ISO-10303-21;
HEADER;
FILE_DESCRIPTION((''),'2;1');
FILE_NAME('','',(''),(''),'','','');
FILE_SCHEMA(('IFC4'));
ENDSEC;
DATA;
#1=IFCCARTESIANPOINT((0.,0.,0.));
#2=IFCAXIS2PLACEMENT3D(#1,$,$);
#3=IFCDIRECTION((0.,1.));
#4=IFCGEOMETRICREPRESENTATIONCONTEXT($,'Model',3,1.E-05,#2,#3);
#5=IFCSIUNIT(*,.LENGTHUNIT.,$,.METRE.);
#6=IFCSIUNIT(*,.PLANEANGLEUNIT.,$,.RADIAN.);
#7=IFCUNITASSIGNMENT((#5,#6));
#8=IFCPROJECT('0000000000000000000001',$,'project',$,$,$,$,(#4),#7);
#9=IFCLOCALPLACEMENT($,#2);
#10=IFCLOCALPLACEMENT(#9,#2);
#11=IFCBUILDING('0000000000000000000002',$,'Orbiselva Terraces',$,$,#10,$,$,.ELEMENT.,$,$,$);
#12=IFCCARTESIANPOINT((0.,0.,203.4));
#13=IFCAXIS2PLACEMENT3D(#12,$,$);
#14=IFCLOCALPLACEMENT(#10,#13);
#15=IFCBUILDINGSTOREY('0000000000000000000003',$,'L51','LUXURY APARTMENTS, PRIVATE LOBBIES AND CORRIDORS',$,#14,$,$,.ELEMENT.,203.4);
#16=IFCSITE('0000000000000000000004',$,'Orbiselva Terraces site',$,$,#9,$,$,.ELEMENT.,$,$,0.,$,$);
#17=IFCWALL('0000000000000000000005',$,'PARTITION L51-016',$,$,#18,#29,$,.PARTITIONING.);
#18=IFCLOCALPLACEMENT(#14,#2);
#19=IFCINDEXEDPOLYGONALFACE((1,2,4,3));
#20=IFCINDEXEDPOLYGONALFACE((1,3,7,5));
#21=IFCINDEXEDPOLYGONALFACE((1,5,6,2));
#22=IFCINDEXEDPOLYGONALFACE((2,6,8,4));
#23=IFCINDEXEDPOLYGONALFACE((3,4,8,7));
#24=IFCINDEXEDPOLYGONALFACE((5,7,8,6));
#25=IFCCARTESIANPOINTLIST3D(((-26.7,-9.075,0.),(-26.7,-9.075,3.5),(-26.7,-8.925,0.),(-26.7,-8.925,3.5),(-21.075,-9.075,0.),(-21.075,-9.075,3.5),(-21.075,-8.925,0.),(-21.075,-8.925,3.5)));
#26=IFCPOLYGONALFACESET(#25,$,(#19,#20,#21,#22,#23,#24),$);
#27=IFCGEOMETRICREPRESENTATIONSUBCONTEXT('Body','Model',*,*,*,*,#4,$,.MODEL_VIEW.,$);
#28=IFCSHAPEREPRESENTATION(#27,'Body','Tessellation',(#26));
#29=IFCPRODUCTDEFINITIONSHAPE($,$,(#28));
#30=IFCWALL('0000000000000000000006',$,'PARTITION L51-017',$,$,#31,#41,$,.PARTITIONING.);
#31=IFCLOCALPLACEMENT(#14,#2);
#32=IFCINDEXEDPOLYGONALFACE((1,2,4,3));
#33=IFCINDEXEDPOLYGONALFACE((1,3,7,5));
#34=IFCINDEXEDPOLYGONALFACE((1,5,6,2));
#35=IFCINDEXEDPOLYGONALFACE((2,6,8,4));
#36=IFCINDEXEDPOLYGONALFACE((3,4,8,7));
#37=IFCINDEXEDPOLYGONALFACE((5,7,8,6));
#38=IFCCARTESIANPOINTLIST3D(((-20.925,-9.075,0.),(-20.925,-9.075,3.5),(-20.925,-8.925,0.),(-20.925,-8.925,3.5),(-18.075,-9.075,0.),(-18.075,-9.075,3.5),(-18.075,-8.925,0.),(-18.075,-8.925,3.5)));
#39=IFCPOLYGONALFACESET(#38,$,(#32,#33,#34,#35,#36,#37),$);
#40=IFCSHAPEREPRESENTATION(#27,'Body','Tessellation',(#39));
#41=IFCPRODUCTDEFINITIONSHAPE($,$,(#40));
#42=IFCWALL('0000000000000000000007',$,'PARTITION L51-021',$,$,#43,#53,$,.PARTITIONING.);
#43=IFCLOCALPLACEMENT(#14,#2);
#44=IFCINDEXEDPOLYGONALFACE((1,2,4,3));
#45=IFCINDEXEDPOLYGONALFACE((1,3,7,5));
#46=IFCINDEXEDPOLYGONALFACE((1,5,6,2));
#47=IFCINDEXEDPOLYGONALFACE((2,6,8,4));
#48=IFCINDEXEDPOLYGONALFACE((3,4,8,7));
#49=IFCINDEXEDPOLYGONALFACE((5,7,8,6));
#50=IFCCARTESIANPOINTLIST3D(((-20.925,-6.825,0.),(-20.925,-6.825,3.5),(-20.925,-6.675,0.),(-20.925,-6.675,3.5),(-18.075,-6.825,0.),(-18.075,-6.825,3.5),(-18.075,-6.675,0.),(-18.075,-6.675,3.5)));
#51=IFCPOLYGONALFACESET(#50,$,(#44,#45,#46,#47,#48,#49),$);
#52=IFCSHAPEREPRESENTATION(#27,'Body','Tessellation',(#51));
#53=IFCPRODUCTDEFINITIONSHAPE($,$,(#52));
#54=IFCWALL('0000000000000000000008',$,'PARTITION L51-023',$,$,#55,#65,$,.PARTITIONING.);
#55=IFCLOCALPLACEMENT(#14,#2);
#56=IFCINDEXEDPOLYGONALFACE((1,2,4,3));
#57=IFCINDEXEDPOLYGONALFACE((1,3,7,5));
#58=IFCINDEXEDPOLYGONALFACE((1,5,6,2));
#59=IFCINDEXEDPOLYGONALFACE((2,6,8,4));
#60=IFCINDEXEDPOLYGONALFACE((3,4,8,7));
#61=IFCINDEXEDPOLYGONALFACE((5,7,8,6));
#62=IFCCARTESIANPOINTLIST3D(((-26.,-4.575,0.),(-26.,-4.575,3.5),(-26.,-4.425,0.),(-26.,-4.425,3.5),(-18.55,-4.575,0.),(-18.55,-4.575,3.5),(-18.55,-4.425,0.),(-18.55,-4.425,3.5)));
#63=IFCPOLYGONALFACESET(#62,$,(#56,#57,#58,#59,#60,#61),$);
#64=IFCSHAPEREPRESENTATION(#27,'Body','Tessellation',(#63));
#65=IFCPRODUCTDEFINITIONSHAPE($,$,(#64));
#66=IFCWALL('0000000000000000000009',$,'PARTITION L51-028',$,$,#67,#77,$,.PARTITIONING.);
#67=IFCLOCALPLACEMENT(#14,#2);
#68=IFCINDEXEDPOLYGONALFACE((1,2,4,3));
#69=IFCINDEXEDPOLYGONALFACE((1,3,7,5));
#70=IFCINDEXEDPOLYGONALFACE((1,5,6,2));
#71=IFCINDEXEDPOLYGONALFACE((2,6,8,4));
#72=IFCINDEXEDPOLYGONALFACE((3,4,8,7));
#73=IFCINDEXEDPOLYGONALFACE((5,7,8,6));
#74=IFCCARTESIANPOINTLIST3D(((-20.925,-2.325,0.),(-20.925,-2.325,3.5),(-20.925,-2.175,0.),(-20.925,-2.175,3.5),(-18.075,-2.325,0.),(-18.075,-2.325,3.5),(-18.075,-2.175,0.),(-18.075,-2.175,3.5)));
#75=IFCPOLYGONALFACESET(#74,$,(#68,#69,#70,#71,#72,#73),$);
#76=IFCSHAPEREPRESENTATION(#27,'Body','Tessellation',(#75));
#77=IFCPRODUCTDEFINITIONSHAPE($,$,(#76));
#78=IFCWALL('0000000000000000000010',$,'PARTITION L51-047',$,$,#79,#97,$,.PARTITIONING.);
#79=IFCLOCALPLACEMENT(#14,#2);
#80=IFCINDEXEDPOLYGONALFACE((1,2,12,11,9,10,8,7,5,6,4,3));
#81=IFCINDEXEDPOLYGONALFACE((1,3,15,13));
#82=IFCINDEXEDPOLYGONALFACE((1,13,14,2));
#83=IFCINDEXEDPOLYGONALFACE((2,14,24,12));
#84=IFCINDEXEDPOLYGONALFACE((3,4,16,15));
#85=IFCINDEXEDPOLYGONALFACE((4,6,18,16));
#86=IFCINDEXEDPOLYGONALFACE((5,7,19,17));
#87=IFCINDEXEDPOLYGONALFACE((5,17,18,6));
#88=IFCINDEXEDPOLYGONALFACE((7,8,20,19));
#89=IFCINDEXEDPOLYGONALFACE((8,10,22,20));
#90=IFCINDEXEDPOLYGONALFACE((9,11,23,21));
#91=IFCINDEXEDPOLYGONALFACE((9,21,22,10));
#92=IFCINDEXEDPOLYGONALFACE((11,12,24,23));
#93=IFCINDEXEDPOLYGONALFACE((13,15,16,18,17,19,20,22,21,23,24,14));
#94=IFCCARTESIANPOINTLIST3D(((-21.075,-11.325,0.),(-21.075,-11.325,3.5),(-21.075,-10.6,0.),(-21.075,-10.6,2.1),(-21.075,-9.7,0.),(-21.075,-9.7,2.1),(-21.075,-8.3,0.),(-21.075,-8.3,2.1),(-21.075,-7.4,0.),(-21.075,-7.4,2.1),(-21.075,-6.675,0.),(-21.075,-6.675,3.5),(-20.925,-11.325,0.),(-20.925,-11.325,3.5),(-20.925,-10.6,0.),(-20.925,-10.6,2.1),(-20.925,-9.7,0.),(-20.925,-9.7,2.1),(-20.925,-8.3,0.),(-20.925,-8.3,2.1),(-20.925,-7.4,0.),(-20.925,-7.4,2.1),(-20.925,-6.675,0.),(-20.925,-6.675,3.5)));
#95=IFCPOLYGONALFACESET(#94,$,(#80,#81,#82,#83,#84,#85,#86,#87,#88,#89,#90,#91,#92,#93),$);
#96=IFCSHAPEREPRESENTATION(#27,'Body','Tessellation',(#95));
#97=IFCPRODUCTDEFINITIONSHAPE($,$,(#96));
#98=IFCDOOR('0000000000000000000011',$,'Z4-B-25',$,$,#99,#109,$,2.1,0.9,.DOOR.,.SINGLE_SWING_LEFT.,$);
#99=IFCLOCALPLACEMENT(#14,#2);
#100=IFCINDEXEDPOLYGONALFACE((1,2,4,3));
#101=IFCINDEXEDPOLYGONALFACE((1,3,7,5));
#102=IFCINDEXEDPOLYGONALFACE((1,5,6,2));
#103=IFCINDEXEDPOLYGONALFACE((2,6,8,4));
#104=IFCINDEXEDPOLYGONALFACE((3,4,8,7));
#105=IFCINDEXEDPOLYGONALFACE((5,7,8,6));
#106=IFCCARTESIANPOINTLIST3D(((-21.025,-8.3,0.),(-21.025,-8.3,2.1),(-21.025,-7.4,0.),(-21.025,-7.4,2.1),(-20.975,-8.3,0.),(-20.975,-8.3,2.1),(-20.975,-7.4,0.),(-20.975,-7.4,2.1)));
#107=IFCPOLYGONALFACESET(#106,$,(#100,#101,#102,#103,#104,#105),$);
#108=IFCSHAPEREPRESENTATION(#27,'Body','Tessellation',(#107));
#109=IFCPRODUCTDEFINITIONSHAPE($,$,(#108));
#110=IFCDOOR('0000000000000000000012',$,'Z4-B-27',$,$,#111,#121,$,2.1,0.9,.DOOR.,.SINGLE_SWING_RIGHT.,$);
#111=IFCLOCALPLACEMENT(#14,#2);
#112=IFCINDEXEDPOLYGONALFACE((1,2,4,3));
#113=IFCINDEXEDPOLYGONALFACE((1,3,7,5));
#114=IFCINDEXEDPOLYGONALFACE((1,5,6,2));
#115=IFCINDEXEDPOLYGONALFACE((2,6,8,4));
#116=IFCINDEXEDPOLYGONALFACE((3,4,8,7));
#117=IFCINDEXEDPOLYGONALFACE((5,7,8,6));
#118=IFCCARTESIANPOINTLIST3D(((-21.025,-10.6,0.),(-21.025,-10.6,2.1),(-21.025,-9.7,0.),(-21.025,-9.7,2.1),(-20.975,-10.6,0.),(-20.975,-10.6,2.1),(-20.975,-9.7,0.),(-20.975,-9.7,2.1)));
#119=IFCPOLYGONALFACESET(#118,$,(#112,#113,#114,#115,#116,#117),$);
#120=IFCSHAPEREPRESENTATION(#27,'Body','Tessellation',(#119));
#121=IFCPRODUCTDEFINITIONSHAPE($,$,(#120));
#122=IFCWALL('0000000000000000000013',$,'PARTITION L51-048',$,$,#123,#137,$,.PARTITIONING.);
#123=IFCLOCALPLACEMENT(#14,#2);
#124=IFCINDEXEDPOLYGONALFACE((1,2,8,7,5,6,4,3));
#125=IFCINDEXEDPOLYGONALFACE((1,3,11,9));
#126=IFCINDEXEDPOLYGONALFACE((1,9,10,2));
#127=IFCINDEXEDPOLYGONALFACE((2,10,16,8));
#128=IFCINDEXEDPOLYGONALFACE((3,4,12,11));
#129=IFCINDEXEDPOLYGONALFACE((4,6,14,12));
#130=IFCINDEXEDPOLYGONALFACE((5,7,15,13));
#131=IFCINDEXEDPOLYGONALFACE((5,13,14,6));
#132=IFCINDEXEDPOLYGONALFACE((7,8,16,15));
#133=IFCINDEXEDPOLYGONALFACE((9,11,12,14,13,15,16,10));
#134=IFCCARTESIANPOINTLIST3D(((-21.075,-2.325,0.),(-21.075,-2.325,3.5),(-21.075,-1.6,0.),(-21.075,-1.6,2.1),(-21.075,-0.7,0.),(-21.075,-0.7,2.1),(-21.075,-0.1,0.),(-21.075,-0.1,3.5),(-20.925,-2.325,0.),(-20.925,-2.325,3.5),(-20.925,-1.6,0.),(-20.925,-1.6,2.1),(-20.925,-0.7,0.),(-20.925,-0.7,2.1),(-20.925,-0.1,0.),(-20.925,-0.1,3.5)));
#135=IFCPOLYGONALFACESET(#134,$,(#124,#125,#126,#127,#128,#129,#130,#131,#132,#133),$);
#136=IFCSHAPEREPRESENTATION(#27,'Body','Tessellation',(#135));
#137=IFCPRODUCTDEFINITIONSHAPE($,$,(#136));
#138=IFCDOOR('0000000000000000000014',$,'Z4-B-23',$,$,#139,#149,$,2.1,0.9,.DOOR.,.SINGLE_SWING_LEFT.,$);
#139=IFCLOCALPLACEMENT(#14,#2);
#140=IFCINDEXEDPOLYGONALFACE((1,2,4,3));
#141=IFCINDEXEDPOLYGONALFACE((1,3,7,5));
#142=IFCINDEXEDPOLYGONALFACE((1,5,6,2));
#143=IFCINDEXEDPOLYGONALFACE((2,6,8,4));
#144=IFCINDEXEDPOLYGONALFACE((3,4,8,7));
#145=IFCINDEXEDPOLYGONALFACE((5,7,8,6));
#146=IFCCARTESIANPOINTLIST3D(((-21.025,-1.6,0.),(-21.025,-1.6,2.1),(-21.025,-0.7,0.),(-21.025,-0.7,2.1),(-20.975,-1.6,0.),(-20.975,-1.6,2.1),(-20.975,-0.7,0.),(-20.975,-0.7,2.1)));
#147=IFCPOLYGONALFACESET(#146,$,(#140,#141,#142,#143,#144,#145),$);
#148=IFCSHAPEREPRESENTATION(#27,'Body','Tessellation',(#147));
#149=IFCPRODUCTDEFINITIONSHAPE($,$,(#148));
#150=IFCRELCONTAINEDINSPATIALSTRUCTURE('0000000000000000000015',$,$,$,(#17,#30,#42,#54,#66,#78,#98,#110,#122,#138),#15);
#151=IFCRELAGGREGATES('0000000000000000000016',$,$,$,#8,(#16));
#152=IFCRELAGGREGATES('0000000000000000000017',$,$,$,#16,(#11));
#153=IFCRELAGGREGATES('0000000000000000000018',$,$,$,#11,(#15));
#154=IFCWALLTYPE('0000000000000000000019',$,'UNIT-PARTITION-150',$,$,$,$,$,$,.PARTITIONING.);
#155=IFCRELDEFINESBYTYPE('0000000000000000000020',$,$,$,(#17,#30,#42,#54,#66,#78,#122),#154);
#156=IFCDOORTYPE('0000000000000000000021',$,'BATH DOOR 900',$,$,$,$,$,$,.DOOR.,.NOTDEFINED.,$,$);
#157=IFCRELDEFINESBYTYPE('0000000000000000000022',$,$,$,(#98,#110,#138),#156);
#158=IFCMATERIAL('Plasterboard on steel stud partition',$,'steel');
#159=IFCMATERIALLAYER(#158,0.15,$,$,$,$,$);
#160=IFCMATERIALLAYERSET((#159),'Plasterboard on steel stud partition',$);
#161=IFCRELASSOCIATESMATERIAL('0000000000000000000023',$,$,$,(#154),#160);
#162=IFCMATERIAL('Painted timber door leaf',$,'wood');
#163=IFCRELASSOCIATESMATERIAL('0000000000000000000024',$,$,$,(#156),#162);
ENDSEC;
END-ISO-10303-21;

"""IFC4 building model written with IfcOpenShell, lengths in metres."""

from ifc_helpers import new_model, si_unit, direction, frame, frame_2d, origin, place, context, subcontext, project, spatial, rectangle, extrude, material, layer, layer_set, type_object, element, fill, save


model = new_model("IFC4")

# Units and contexts
model_context = context("Model", 3, precision=1e-05, world=origin(), true_north=direction((0.0, 1.0)))
body_context = subcontext(model_context, "Body", "Model", "MODEL_VIEW")
ifc_project = project(units=[si_unit("LENGTHUNIT", "METRE"), si_unit("PLANEANGLEUNIT", "RADIAN")], contexts=[model_context])

# Site, building, storey
site_placement = place(None, origin())
site = spatial("IfcSite", under=ifc_project, at=site_placement, Name="Orbiselva Terraces site", CompositionType="ELEMENT", RefElevation=0.0)
building_placement = place(site_placement, origin())
building = spatial("IfcBuilding", under=site, at=building_placement, Name="Orbiselva Terraces", CompositionType="ELEMENT")
storey_placement = place(building_placement, frame((0.0, 0.0, 203.4)))
storey = spatial("IfcBuildingStorey", under=building, at=storey_placement, Name="L51", Description="LUXURY APARTMENTS, PRIVATE LOBBIES AND CORRIDORS", CompositionType="ELEMENT", Elevation=203.4)

# Walls
ifc_material_1 = material(Name="Plasterboard on steel stud partition", Category="steel")
ifc_layer_1 = layer(ifc_material_1, 0.15)
ifc_layer_set_1 = layer_set([ifc_layer_1], Name="Plasterboard on steel stud partition")
wall_type_1 = type_object("IfcWallType", Name="UNIT-PARTITION-150", PredefinedType="PARTITIONING", material=ifc_layer_set_1)
wall_1_placement = place(storey_placement, frame((-26.7, -9.0, 0.0), z_axis=(0.0, 0.0, 1.0), x_axis=(1.0, 0.0, 0.0)))
element("IfcWall", 1, at=wall_1_placement, inside=storey, type_object=wall_type_1, Name="PARTITION L51-016", PredefinedType="PARTITIONING", context=body_context, shape_type="SweptSolid", body=[
    extrude(rectangle(XDim=5.625, YDim=0.15, at=frame_2d((2.8125, 0.0))), origin(), (0.0, 0.0, 1.0), 3.5),
])
for number, where, z_axis, x_axis, name in (
    (2, (-20.925, -9.0, 0.0), (0.0, 0.0, 1.0), (1.0, 0.0, 0.0), "PARTITION L51-017"),
    (3, (-20.925, -6.75, 0.0), (0.0, 0.0, 1.0), (1.0, 0.0, 0.0), "PARTITION L51-021"),
):
    element("IfcWall", number, at=place(storey_placement, frame(where, z_axis=z_axis, x_axis=x_axis)), inside=storey, type_object=wall_type_1, Name=name, PredefinedType="PARTITIONING", context=body_context, shape_type="SweptSolid", body=[
        extrude(rectangle(XDim=2.85, YDim=0.15, at=frame_2d((1.425, 0.0))), origin(), (0.0, 0.0, 1.0), 3.5),
    ])
wall_2_placement = place(storey_placement, frame((-26.0, -4.5, 0.0), z_axis=(0.0, 0.0, 1.0), x_axis=(1.0, 0.0, 0.0)))
element("IfcWall", 4, at=wall_2_placement, inside=storey, type_object=wall_type_1, Name="PARTITION L51-023", PredefinedType="PARTITIONING", context=body_context, shape_type="SweptSolid", body=[
    extrude(rectangle(XDim=7.45, YDim=0.15, at=frame_2d((3.725, 0.0))), origin(), (0.0, 0.0, 1.0), 3.5),
])
wall_3_placement = place(storey_placement, frame((-20.925, -2.25, 0.0), z_axis=(0.0, 0.0, 1.0), x_axis=(1.0, 0.0, 0.0)))
element("IfcWall", 5, at=wall_3_placement, inside=storey, type_object=wall_type_1, Name="PARTITION L51-028", PredefinedType="PARTITIONING", context=body_context, shape_type="SweptSolid", body=[
    extrude(rectangle(XDim=2.85, YDim=0.15, at=frame_2d((1.425, 0.0))), origin(), (0.0, 0.0, 1.0), 3.5),
])

# Wall, openings, doors
wall_4_placement = place(storey_placement, frame((-21.0, -6.675, 0.0), z_axis=(0.0, 0.0, 1.0), x_axis=(0.0, -1.0, 0.0)))
wall_4 = element("IfcWall", 6, at=wall_4_placement, inside=storey, type_object=wall_type_1, Name="PARTITION L51-047", PredefinedType="PARTITIONING", context=body_context, shape_type="SweptSolid", body=[
    extrude(rectangle(XDim=4.65, YDim=0.15, at=frame_2d((2.325, 0.0))), origin(), (0.0, 0.0, 1.0), 3.5),
])
opening_1_placement = place(wall_4_placement, frame((0.725, 0.0, 0.0)))
opening_1 = element("IfcOpeningElement", 7, at=opening_1_placement, cuts=wall_4, PredefinedType="OPENING", context=body_context, shape_type="SweptSolid", body=[
    extrude(rectangle(XDim=0.9, YDim=2.1, at=frame_2d((0.45, 1.05))), frame((0.0, 0.085, 0.0), z_axis=(0.0, -1.0, 0.0), x_axis=(1.0, 0.0, 0.0)), (0.0, 0.0, 1.0), 0.17),
])
opening_2_placement = place(wall_4_placement, frame((3.025, 0.0, 0.0)))
opening_2 = element("IfcOpeningElement", 8, at=opening_2_placement, cuts=wall_4, PredefinedType="OPENING", context=body_context, shape_type="SweptSolid", body=[
    extrude(rectangle(XDim=0.9, YDim=2.1, at=frame_2d((0.45, 1.05))), frame((0.0, 0.085, 0.0), z_axis=(0.0, -1.0, 0.0), x_axis=(1.0, 0.0, 0.0)), (0.0, 0.0, 1.0), 0.17),
])
ifc_material_2 = material(Name="Painted timber door leaf", Category="wood")
door_type_1 = type_object("IfcDoorType", Name="BATH DOOR 900", OperationType="NOTDEFINED", PredefinedType="DOOR", material=ifc_material_2)
door_1_placement = place(opening_1_placement, origin())
door_1 = element("IfcDoor", 9, at=door_1_placement, inside=storey, type_object=door_type_1, Name="Z4-B-25", OperationType="SINGLE_SWING_LEFT", OverallHeight=2.1, OverallWidth=0.9, PredefinedType="DOOR", context=body_context, shape_type="SweptSolid", body=[
    extrude(rectangle(XDim=0.9, YDim=2.1, at=frame_2d((0.45, 1.05))), frame((0.0, 0.025, 0.0), z_axis=(0.0, -1.0, 0.0), x_axis=(1.0, 0.0, 0.0)), (0.0, 0.0, 1.0), 0.05),
])
fill(opening_1, door_1)
door_2_placement = place(opening_2_placement, origin())
door_2 = element("IfcDoor", 10, at=door_2_placement, inside=storey, type_object=door_type_1, Name="Z4-B-27", OperationType="SINGLE_SWING_RIGHT", OverallHeight=2.1, OverallWidth=0.9, PredefinedType="DOOR", context=body_context, shape_type="SweptSolid", body=[
    extrude(rectangle(XDim=0.9, YDim=2.1, at=frame_2d((0.45, 1.05))), frame((0.0, 0.025, 0.0), z_axis=(0.0, -1.0, 0.0), x_axis=(1.0, 0.0, 0.0)), (0.0, 0.0, 1.0), 0.05),
])
fill(opening_2, door_2)

# Wall, opening, door
wall_5_placement = place(storey_placement, frame((-21.0, -0.1, 0.0), z_axis=(0.0, 0.0, 1.0), x_axis=(0.0, -1.0, 0.0)))
wall_5 = element("IfcWall", 11, at=wall_5_placement, inside=storey, type_object=wall_type_1, Name="PARTITION L51-048", PredefinedType="PARTITIONING", context=body_context, shape_type="SweptSolid", body=[
    extrude(rectangle(XDim=2.225, YDim=0.15, at=frame_2d((1.1125, 0.0))), origin(), (0.0, 0.0, 1.0), 3.5),
])
opening_3_placement = place(wall_5_placement, frame((0.6, 0.0, 0.0)))
opening_3 = element("IfcOpeningElement", 12, at=opening_3_placement, cuts=wall_5, PredefinedType="OPENING", context=body_context, shape_type="SweptSolid", body=[
    extrude(rectangle(XDim=0.9, YDim=2.1, at=frame_2d((0.45, 1.05))), frame((0.0, 0.085, 0.0), z_axis=(0.0, -1.0, 0.0), x_axis=(1.0, 0.0, 0.0)), (0.0, 0.0, 1.0), 0.17),
])
door_3_placement = place(opening_3_placement, origin())
door_3 = element("IfcDoor", 13, at=door_3_placement, inside=storey, type_object=door_type_1, Name="Z4-B-23", OperationType="SINGLE_SWING_LEFT", OverallHeight=2.1, OverallWidth=0.9, PredefinedType="DOOR", context=body_context, shape_type="SweptSolid", body=[
    extrude(rectangle(XDim=0.9, YDim=2.1, at=frame_2d((0.45, 1.05))), frame((0.0, 0.025, 0.0), z_axis=(0.0, -1.0, 0.0), x_axis=(1.0, 0.0, 0.0)), (0.0, 0.0, 1.0), 0.05),
])
fill(opening_3, door_3)

save(model, "model.ifc")
